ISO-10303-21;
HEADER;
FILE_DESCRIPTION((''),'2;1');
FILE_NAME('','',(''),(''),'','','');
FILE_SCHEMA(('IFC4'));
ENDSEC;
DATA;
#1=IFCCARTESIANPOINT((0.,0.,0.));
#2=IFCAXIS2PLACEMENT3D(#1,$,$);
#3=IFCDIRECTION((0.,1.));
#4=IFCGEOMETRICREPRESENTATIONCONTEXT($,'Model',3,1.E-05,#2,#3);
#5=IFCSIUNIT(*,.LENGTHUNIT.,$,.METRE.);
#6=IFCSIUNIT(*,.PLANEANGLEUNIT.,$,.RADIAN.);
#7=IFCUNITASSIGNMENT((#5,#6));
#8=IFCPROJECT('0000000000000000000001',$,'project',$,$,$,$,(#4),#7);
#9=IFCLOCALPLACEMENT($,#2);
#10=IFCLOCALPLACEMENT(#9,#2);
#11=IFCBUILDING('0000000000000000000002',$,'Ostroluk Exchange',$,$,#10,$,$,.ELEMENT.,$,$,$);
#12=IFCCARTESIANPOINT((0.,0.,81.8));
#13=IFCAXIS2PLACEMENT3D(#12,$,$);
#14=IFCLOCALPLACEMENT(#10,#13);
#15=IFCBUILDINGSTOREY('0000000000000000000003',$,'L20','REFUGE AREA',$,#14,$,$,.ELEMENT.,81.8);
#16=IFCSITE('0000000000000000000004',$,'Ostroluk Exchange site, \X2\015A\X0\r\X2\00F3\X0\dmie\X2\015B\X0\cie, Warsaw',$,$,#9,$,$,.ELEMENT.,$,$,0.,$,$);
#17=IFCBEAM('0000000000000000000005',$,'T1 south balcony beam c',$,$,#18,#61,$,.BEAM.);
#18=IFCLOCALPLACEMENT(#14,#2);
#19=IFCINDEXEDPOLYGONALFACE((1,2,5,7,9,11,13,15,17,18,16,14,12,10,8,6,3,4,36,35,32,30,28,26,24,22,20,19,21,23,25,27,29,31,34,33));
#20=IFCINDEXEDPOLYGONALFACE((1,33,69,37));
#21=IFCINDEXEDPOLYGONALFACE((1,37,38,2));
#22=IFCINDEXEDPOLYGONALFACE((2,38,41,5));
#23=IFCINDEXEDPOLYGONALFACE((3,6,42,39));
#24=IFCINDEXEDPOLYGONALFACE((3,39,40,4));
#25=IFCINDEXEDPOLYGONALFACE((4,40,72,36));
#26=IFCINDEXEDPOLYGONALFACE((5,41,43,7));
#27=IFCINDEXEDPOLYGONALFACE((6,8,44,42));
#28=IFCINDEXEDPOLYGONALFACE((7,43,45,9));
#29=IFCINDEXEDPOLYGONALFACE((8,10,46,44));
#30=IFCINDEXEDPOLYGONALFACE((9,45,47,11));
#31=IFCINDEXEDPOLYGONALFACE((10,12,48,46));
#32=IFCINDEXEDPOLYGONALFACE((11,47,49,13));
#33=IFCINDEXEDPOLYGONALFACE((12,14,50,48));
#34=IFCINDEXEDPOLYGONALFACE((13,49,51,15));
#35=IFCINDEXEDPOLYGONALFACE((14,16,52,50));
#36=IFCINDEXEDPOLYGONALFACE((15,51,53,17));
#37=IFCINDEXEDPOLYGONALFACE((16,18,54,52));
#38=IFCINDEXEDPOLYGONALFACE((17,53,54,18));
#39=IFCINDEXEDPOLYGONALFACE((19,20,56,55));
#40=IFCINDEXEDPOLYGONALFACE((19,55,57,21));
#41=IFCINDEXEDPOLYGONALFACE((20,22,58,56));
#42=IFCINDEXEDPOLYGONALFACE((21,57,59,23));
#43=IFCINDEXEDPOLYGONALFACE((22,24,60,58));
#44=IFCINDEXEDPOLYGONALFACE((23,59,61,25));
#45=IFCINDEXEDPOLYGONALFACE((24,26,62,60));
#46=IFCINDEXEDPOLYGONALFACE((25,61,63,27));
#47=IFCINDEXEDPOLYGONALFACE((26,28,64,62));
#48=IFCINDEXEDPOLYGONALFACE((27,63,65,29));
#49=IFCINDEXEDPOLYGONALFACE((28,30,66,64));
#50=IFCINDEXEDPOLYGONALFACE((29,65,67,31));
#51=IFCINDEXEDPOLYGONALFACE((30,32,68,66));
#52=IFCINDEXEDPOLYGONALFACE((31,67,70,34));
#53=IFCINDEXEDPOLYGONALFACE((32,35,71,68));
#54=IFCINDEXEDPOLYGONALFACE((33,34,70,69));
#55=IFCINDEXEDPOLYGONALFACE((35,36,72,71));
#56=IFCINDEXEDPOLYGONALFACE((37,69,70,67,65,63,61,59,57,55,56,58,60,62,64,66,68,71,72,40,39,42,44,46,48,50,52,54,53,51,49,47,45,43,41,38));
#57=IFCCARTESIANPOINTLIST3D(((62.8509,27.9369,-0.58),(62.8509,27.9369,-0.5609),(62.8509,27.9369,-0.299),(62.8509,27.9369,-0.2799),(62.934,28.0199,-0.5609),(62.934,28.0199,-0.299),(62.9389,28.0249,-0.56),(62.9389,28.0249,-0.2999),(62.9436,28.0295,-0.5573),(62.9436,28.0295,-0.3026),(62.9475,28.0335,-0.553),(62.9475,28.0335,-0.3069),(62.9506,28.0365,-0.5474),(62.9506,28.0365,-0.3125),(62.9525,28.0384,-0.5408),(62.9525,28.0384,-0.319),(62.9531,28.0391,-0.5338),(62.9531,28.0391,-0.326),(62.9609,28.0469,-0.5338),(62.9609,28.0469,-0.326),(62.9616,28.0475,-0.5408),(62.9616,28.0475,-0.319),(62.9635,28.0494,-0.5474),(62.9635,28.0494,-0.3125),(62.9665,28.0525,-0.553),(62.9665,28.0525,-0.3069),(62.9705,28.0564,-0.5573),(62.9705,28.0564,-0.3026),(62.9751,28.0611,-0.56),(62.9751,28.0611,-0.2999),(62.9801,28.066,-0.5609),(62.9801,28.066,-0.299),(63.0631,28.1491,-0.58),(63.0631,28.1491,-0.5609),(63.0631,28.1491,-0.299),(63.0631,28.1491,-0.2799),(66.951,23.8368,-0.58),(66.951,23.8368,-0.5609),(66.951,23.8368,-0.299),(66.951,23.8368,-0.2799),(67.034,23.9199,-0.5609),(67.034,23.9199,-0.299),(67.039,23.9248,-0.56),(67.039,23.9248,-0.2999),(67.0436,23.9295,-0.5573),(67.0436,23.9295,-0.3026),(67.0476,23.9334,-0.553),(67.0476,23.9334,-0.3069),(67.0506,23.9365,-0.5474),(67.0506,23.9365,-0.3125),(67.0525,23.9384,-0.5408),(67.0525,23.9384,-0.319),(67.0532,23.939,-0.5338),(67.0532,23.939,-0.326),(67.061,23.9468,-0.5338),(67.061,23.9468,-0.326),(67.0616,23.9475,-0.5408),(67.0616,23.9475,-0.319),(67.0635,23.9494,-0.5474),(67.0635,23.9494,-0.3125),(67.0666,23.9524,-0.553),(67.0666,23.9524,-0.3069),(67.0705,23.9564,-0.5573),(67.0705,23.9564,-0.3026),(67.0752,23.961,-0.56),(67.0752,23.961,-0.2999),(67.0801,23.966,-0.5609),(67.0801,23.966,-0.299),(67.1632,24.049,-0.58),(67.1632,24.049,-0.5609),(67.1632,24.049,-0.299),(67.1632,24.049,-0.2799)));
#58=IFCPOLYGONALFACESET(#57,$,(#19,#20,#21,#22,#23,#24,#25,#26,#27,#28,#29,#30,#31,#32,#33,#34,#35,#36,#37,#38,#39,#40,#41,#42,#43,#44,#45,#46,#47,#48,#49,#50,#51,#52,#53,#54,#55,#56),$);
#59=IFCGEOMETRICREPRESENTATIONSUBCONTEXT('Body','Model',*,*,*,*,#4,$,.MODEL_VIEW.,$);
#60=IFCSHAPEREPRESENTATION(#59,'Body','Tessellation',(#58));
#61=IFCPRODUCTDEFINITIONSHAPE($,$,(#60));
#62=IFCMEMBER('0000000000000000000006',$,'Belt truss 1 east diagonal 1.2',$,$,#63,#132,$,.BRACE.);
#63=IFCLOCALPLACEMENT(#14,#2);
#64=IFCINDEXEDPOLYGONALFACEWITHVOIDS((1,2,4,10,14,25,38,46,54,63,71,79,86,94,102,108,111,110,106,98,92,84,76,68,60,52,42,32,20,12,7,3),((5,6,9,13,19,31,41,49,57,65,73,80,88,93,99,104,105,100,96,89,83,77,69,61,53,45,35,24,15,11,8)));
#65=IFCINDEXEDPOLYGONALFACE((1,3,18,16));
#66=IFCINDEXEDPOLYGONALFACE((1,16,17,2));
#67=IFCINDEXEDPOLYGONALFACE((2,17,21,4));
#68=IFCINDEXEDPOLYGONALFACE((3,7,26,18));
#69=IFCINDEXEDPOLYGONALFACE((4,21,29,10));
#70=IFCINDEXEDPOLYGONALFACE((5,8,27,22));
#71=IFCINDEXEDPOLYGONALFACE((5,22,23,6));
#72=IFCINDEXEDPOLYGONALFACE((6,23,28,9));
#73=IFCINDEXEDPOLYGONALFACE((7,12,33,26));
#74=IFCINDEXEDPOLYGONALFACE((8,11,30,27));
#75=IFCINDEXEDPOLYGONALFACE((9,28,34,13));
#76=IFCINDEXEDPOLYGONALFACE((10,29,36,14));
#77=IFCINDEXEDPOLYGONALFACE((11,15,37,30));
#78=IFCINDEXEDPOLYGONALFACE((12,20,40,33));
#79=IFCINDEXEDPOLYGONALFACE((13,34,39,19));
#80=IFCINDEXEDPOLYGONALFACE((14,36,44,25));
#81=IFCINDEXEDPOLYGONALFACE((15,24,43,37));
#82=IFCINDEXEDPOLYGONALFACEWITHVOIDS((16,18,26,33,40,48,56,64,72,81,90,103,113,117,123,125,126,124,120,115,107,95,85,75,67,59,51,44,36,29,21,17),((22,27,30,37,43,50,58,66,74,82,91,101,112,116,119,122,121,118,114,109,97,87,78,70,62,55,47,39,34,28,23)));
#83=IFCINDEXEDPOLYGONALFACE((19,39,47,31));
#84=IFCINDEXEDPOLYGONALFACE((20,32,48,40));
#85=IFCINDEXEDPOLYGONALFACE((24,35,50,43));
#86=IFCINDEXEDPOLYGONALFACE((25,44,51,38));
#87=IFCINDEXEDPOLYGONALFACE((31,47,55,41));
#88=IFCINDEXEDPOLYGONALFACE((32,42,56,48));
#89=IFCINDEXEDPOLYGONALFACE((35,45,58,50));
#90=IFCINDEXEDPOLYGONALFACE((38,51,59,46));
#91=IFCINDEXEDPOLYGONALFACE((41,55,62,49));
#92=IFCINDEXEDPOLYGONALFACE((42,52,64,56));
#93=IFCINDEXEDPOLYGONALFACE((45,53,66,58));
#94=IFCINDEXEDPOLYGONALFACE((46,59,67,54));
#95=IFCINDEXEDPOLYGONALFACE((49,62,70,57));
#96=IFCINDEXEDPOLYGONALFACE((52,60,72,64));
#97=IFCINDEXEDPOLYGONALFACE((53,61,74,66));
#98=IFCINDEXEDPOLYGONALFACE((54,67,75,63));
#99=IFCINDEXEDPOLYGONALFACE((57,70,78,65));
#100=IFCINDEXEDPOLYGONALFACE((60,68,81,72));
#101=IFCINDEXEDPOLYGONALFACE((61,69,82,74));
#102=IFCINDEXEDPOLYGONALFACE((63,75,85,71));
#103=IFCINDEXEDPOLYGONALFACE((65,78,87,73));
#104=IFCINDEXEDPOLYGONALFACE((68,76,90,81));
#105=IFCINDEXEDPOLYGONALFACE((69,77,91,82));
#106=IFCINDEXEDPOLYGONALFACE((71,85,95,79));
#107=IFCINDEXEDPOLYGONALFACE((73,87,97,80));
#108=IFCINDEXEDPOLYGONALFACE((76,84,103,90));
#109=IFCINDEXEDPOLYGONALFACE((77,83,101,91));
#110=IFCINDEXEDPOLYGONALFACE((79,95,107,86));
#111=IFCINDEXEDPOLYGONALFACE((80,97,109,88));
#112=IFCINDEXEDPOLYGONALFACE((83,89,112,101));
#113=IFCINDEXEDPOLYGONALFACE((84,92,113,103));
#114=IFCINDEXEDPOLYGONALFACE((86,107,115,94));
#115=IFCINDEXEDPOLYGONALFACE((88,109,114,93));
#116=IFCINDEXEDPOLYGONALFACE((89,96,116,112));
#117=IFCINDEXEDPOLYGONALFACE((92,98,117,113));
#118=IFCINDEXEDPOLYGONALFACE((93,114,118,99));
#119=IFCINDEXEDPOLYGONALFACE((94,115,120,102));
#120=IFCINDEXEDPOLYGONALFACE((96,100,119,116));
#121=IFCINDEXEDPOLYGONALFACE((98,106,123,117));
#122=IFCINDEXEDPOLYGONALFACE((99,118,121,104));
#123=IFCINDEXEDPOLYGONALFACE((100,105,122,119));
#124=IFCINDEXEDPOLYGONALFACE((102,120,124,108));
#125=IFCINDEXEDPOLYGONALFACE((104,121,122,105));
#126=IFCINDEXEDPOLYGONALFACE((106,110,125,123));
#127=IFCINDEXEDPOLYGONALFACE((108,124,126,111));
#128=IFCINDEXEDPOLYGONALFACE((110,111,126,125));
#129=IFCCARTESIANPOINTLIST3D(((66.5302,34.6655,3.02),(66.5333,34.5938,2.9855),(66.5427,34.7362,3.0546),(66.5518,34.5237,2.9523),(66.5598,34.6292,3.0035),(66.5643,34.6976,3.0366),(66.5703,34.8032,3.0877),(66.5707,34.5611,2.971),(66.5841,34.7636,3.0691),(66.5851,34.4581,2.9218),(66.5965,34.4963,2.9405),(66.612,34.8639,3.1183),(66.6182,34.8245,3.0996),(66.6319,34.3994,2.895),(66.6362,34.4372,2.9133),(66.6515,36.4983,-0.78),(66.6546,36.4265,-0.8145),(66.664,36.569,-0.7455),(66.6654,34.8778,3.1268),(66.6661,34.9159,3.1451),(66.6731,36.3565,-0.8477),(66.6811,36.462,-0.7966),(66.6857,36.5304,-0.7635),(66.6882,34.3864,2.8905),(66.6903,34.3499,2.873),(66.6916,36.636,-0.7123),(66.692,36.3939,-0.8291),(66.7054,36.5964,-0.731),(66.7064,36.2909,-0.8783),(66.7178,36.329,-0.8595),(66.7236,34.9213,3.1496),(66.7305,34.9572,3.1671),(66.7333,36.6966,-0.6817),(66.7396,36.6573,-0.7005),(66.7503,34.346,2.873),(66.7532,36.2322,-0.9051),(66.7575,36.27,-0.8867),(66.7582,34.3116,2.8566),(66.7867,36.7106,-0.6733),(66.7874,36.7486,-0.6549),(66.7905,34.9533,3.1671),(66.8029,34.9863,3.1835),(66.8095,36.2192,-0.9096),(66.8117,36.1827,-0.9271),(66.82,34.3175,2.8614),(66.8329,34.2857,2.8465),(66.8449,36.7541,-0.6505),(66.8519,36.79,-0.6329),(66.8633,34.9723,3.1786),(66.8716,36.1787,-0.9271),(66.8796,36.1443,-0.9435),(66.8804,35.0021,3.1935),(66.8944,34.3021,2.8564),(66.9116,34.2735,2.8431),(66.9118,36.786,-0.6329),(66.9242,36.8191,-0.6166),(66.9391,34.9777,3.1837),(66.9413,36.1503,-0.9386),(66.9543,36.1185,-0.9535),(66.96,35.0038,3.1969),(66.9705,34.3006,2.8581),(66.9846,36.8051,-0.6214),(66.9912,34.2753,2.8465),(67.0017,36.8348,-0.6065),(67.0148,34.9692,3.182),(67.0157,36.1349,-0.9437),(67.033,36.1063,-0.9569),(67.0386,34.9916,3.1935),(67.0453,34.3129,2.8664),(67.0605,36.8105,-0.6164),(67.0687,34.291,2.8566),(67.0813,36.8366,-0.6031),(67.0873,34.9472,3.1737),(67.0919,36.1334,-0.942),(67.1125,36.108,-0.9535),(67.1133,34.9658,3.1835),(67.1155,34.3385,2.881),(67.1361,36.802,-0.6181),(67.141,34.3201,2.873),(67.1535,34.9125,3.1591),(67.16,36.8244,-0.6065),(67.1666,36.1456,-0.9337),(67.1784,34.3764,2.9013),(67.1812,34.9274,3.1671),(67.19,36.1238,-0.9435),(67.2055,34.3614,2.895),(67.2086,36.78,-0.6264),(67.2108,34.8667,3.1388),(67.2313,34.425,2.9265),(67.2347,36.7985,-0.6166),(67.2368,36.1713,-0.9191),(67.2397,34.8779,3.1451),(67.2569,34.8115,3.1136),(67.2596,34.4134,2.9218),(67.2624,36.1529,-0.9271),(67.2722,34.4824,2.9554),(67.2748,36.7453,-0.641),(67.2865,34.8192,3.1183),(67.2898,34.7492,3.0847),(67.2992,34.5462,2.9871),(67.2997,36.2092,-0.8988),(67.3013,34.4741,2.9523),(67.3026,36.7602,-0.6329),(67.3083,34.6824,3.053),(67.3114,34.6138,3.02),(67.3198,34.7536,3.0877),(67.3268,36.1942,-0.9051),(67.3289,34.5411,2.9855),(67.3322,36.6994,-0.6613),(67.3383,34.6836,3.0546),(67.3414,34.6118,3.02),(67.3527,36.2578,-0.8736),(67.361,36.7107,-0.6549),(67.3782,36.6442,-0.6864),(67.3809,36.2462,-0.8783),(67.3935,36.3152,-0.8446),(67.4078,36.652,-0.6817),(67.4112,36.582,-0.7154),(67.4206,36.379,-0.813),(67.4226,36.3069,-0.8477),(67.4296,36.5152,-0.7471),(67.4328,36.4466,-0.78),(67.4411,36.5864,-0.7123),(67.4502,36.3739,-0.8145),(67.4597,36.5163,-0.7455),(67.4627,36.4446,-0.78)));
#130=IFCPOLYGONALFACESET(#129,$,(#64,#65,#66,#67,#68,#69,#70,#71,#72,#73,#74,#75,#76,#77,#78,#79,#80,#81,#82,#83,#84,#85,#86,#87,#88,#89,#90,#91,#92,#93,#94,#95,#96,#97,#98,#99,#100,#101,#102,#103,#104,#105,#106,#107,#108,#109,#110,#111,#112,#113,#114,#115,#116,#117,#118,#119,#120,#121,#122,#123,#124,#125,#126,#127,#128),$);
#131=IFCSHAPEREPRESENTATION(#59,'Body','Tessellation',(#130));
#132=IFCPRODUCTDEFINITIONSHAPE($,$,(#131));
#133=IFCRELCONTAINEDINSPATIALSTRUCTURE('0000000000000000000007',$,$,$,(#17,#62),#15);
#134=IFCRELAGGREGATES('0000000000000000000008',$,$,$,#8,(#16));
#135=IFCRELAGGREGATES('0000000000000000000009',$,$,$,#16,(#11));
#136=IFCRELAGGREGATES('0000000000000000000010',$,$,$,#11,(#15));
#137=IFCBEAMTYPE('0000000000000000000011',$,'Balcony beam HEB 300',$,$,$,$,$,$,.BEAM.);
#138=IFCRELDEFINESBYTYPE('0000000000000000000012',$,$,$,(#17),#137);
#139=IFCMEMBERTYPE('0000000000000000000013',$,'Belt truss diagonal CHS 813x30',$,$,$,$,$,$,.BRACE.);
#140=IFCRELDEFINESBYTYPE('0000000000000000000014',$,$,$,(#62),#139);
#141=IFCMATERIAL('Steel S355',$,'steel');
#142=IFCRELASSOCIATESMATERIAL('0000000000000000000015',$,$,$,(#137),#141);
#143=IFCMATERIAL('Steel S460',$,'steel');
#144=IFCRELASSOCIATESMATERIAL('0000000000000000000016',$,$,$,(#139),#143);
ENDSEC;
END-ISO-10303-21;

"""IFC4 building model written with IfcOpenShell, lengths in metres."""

from ifc_helpers import new_model, si_unit, direction, frame, origin, origin_2d, place, context, subcontext, project, spatial, hollow_circle, i_section, extrude, material, material_profile, profile_set, type_object, element, save


model = new_model("IFC4")

# Units and contexts
model_context = context("Model", 3, precision=1e-05, world=origin(), true_north=direction((0.0, 1.0)))
body_context = subcontext(model_context, "Body", "Model", "MODEL_VIEW")
ifc_project = project(units=[si_unit("LENGTHUNIT", "METRE"), si_unit("PLANEANGLEUNIT", "RADIAN")], contexts=[model_context])

# Site, building, storey
site_placement = place(None, origin())
site = spatial("IfcSite", under=ifc_project, at=site_placement, Name="Ostroluk Exchange site, Śródmieście, Warsaw", CompositionType="ELEMENT", RefElevation=0.0)
building_placement = place(site_placement, origin())
building = spatial("IfcBuilding", under=site, at=building_placement, Name="Ostroluk Exchange", CompositionType="ELEMENT")
storey_placement = place(building_placement, frame((0.0, 0.0, 81.8)))
storey = spatial("IfcBuildingStorey", under=building, at=storey_placement, Name="L20", Description="REFUGE AREA", CompositionType="ELEMENT", Elevation=81.8)

# Beam
ifc_material_1 = material(Name="Steel S355", Category="steel")
ifc_material_profile_1 = material_profile(ifc_material_1, i_section(OverallWidth=0.3, OverallDepth=0.3, WebThickness=0.011, FlangeThickness=0.019, FilletRadius=0.0271, at=origin_2d()), Name="HEB 300")
ifc_profile_set_1 = profile_set([ifc_material_profile_1], Name="Steel S355")
beam_type = type_object("IfcBeamType", Name="Balcony beam HEB 300", PredefinedType="BEAM", material=ifc_profile_set_1)
beam_placement = place(storey_placement, frame((62.957, 28.043, -0.4299), z_axis=(0.707107, -0.707107, 0.0), x_axis=(0.707107, 0.707107, 0.0)))
element("IfcBeam", 1, at=beam_placement, inside=storey, type_object=beam_type, Name="T1 south balcony beam c", PredefinedType="BEAM", context=body_context, shape_type="SweptSolid", body=[
    extrude(i_section(OverallWidth=0.3, OverallDepth=0.3, WebThickness=0.011, FlangeThickness=0.019, FilletRadius=0.0271, at=origin_2d()), origin(), (0.0, 0.0, 1.0), 5.7983),
])

# Member
ifc_material_2 = material(Name="Steel S460", Category="steel")
ifc_material_profile_2 = material_profile(ifc_material_2, hollow_circle(Radius=0.4065, WallThickness=0.03, at=origin_2d()), Name="CHS 813x30")
ifc_profile_set_2 = profile_set([ifc_material_profile_2], Name="Steel S460")
member_type_1 = type_object("IfcMemberType", Name="Belt truss diagonal CHS 813x30", PredefinedType="BRACE", material=ifc_profile_set_2)
member_1_placement = place(storey_placement, frame((67.0571, 36.4714, -0.78), z_axis=(-0.028748, -0.434234, 0.900341), x_axis=(0.997816, -0.06606, 0.0)))
element("IfcMember", 2, at=member_1_placement, inside=storey, type_object=member_type_1, Name="Belt truss 1 east diagonal 1.2", PredefinedType="BRACE", context=body_context, shape_type="SweptSolid", body=[
    extrude(hollow_circle(Radius=0.4065, WallThickness=0.03, at=origin_2d()), origin(), (0.0, 0.0, 1.0), 4.2207),
])

save(model, "model.ifc")
